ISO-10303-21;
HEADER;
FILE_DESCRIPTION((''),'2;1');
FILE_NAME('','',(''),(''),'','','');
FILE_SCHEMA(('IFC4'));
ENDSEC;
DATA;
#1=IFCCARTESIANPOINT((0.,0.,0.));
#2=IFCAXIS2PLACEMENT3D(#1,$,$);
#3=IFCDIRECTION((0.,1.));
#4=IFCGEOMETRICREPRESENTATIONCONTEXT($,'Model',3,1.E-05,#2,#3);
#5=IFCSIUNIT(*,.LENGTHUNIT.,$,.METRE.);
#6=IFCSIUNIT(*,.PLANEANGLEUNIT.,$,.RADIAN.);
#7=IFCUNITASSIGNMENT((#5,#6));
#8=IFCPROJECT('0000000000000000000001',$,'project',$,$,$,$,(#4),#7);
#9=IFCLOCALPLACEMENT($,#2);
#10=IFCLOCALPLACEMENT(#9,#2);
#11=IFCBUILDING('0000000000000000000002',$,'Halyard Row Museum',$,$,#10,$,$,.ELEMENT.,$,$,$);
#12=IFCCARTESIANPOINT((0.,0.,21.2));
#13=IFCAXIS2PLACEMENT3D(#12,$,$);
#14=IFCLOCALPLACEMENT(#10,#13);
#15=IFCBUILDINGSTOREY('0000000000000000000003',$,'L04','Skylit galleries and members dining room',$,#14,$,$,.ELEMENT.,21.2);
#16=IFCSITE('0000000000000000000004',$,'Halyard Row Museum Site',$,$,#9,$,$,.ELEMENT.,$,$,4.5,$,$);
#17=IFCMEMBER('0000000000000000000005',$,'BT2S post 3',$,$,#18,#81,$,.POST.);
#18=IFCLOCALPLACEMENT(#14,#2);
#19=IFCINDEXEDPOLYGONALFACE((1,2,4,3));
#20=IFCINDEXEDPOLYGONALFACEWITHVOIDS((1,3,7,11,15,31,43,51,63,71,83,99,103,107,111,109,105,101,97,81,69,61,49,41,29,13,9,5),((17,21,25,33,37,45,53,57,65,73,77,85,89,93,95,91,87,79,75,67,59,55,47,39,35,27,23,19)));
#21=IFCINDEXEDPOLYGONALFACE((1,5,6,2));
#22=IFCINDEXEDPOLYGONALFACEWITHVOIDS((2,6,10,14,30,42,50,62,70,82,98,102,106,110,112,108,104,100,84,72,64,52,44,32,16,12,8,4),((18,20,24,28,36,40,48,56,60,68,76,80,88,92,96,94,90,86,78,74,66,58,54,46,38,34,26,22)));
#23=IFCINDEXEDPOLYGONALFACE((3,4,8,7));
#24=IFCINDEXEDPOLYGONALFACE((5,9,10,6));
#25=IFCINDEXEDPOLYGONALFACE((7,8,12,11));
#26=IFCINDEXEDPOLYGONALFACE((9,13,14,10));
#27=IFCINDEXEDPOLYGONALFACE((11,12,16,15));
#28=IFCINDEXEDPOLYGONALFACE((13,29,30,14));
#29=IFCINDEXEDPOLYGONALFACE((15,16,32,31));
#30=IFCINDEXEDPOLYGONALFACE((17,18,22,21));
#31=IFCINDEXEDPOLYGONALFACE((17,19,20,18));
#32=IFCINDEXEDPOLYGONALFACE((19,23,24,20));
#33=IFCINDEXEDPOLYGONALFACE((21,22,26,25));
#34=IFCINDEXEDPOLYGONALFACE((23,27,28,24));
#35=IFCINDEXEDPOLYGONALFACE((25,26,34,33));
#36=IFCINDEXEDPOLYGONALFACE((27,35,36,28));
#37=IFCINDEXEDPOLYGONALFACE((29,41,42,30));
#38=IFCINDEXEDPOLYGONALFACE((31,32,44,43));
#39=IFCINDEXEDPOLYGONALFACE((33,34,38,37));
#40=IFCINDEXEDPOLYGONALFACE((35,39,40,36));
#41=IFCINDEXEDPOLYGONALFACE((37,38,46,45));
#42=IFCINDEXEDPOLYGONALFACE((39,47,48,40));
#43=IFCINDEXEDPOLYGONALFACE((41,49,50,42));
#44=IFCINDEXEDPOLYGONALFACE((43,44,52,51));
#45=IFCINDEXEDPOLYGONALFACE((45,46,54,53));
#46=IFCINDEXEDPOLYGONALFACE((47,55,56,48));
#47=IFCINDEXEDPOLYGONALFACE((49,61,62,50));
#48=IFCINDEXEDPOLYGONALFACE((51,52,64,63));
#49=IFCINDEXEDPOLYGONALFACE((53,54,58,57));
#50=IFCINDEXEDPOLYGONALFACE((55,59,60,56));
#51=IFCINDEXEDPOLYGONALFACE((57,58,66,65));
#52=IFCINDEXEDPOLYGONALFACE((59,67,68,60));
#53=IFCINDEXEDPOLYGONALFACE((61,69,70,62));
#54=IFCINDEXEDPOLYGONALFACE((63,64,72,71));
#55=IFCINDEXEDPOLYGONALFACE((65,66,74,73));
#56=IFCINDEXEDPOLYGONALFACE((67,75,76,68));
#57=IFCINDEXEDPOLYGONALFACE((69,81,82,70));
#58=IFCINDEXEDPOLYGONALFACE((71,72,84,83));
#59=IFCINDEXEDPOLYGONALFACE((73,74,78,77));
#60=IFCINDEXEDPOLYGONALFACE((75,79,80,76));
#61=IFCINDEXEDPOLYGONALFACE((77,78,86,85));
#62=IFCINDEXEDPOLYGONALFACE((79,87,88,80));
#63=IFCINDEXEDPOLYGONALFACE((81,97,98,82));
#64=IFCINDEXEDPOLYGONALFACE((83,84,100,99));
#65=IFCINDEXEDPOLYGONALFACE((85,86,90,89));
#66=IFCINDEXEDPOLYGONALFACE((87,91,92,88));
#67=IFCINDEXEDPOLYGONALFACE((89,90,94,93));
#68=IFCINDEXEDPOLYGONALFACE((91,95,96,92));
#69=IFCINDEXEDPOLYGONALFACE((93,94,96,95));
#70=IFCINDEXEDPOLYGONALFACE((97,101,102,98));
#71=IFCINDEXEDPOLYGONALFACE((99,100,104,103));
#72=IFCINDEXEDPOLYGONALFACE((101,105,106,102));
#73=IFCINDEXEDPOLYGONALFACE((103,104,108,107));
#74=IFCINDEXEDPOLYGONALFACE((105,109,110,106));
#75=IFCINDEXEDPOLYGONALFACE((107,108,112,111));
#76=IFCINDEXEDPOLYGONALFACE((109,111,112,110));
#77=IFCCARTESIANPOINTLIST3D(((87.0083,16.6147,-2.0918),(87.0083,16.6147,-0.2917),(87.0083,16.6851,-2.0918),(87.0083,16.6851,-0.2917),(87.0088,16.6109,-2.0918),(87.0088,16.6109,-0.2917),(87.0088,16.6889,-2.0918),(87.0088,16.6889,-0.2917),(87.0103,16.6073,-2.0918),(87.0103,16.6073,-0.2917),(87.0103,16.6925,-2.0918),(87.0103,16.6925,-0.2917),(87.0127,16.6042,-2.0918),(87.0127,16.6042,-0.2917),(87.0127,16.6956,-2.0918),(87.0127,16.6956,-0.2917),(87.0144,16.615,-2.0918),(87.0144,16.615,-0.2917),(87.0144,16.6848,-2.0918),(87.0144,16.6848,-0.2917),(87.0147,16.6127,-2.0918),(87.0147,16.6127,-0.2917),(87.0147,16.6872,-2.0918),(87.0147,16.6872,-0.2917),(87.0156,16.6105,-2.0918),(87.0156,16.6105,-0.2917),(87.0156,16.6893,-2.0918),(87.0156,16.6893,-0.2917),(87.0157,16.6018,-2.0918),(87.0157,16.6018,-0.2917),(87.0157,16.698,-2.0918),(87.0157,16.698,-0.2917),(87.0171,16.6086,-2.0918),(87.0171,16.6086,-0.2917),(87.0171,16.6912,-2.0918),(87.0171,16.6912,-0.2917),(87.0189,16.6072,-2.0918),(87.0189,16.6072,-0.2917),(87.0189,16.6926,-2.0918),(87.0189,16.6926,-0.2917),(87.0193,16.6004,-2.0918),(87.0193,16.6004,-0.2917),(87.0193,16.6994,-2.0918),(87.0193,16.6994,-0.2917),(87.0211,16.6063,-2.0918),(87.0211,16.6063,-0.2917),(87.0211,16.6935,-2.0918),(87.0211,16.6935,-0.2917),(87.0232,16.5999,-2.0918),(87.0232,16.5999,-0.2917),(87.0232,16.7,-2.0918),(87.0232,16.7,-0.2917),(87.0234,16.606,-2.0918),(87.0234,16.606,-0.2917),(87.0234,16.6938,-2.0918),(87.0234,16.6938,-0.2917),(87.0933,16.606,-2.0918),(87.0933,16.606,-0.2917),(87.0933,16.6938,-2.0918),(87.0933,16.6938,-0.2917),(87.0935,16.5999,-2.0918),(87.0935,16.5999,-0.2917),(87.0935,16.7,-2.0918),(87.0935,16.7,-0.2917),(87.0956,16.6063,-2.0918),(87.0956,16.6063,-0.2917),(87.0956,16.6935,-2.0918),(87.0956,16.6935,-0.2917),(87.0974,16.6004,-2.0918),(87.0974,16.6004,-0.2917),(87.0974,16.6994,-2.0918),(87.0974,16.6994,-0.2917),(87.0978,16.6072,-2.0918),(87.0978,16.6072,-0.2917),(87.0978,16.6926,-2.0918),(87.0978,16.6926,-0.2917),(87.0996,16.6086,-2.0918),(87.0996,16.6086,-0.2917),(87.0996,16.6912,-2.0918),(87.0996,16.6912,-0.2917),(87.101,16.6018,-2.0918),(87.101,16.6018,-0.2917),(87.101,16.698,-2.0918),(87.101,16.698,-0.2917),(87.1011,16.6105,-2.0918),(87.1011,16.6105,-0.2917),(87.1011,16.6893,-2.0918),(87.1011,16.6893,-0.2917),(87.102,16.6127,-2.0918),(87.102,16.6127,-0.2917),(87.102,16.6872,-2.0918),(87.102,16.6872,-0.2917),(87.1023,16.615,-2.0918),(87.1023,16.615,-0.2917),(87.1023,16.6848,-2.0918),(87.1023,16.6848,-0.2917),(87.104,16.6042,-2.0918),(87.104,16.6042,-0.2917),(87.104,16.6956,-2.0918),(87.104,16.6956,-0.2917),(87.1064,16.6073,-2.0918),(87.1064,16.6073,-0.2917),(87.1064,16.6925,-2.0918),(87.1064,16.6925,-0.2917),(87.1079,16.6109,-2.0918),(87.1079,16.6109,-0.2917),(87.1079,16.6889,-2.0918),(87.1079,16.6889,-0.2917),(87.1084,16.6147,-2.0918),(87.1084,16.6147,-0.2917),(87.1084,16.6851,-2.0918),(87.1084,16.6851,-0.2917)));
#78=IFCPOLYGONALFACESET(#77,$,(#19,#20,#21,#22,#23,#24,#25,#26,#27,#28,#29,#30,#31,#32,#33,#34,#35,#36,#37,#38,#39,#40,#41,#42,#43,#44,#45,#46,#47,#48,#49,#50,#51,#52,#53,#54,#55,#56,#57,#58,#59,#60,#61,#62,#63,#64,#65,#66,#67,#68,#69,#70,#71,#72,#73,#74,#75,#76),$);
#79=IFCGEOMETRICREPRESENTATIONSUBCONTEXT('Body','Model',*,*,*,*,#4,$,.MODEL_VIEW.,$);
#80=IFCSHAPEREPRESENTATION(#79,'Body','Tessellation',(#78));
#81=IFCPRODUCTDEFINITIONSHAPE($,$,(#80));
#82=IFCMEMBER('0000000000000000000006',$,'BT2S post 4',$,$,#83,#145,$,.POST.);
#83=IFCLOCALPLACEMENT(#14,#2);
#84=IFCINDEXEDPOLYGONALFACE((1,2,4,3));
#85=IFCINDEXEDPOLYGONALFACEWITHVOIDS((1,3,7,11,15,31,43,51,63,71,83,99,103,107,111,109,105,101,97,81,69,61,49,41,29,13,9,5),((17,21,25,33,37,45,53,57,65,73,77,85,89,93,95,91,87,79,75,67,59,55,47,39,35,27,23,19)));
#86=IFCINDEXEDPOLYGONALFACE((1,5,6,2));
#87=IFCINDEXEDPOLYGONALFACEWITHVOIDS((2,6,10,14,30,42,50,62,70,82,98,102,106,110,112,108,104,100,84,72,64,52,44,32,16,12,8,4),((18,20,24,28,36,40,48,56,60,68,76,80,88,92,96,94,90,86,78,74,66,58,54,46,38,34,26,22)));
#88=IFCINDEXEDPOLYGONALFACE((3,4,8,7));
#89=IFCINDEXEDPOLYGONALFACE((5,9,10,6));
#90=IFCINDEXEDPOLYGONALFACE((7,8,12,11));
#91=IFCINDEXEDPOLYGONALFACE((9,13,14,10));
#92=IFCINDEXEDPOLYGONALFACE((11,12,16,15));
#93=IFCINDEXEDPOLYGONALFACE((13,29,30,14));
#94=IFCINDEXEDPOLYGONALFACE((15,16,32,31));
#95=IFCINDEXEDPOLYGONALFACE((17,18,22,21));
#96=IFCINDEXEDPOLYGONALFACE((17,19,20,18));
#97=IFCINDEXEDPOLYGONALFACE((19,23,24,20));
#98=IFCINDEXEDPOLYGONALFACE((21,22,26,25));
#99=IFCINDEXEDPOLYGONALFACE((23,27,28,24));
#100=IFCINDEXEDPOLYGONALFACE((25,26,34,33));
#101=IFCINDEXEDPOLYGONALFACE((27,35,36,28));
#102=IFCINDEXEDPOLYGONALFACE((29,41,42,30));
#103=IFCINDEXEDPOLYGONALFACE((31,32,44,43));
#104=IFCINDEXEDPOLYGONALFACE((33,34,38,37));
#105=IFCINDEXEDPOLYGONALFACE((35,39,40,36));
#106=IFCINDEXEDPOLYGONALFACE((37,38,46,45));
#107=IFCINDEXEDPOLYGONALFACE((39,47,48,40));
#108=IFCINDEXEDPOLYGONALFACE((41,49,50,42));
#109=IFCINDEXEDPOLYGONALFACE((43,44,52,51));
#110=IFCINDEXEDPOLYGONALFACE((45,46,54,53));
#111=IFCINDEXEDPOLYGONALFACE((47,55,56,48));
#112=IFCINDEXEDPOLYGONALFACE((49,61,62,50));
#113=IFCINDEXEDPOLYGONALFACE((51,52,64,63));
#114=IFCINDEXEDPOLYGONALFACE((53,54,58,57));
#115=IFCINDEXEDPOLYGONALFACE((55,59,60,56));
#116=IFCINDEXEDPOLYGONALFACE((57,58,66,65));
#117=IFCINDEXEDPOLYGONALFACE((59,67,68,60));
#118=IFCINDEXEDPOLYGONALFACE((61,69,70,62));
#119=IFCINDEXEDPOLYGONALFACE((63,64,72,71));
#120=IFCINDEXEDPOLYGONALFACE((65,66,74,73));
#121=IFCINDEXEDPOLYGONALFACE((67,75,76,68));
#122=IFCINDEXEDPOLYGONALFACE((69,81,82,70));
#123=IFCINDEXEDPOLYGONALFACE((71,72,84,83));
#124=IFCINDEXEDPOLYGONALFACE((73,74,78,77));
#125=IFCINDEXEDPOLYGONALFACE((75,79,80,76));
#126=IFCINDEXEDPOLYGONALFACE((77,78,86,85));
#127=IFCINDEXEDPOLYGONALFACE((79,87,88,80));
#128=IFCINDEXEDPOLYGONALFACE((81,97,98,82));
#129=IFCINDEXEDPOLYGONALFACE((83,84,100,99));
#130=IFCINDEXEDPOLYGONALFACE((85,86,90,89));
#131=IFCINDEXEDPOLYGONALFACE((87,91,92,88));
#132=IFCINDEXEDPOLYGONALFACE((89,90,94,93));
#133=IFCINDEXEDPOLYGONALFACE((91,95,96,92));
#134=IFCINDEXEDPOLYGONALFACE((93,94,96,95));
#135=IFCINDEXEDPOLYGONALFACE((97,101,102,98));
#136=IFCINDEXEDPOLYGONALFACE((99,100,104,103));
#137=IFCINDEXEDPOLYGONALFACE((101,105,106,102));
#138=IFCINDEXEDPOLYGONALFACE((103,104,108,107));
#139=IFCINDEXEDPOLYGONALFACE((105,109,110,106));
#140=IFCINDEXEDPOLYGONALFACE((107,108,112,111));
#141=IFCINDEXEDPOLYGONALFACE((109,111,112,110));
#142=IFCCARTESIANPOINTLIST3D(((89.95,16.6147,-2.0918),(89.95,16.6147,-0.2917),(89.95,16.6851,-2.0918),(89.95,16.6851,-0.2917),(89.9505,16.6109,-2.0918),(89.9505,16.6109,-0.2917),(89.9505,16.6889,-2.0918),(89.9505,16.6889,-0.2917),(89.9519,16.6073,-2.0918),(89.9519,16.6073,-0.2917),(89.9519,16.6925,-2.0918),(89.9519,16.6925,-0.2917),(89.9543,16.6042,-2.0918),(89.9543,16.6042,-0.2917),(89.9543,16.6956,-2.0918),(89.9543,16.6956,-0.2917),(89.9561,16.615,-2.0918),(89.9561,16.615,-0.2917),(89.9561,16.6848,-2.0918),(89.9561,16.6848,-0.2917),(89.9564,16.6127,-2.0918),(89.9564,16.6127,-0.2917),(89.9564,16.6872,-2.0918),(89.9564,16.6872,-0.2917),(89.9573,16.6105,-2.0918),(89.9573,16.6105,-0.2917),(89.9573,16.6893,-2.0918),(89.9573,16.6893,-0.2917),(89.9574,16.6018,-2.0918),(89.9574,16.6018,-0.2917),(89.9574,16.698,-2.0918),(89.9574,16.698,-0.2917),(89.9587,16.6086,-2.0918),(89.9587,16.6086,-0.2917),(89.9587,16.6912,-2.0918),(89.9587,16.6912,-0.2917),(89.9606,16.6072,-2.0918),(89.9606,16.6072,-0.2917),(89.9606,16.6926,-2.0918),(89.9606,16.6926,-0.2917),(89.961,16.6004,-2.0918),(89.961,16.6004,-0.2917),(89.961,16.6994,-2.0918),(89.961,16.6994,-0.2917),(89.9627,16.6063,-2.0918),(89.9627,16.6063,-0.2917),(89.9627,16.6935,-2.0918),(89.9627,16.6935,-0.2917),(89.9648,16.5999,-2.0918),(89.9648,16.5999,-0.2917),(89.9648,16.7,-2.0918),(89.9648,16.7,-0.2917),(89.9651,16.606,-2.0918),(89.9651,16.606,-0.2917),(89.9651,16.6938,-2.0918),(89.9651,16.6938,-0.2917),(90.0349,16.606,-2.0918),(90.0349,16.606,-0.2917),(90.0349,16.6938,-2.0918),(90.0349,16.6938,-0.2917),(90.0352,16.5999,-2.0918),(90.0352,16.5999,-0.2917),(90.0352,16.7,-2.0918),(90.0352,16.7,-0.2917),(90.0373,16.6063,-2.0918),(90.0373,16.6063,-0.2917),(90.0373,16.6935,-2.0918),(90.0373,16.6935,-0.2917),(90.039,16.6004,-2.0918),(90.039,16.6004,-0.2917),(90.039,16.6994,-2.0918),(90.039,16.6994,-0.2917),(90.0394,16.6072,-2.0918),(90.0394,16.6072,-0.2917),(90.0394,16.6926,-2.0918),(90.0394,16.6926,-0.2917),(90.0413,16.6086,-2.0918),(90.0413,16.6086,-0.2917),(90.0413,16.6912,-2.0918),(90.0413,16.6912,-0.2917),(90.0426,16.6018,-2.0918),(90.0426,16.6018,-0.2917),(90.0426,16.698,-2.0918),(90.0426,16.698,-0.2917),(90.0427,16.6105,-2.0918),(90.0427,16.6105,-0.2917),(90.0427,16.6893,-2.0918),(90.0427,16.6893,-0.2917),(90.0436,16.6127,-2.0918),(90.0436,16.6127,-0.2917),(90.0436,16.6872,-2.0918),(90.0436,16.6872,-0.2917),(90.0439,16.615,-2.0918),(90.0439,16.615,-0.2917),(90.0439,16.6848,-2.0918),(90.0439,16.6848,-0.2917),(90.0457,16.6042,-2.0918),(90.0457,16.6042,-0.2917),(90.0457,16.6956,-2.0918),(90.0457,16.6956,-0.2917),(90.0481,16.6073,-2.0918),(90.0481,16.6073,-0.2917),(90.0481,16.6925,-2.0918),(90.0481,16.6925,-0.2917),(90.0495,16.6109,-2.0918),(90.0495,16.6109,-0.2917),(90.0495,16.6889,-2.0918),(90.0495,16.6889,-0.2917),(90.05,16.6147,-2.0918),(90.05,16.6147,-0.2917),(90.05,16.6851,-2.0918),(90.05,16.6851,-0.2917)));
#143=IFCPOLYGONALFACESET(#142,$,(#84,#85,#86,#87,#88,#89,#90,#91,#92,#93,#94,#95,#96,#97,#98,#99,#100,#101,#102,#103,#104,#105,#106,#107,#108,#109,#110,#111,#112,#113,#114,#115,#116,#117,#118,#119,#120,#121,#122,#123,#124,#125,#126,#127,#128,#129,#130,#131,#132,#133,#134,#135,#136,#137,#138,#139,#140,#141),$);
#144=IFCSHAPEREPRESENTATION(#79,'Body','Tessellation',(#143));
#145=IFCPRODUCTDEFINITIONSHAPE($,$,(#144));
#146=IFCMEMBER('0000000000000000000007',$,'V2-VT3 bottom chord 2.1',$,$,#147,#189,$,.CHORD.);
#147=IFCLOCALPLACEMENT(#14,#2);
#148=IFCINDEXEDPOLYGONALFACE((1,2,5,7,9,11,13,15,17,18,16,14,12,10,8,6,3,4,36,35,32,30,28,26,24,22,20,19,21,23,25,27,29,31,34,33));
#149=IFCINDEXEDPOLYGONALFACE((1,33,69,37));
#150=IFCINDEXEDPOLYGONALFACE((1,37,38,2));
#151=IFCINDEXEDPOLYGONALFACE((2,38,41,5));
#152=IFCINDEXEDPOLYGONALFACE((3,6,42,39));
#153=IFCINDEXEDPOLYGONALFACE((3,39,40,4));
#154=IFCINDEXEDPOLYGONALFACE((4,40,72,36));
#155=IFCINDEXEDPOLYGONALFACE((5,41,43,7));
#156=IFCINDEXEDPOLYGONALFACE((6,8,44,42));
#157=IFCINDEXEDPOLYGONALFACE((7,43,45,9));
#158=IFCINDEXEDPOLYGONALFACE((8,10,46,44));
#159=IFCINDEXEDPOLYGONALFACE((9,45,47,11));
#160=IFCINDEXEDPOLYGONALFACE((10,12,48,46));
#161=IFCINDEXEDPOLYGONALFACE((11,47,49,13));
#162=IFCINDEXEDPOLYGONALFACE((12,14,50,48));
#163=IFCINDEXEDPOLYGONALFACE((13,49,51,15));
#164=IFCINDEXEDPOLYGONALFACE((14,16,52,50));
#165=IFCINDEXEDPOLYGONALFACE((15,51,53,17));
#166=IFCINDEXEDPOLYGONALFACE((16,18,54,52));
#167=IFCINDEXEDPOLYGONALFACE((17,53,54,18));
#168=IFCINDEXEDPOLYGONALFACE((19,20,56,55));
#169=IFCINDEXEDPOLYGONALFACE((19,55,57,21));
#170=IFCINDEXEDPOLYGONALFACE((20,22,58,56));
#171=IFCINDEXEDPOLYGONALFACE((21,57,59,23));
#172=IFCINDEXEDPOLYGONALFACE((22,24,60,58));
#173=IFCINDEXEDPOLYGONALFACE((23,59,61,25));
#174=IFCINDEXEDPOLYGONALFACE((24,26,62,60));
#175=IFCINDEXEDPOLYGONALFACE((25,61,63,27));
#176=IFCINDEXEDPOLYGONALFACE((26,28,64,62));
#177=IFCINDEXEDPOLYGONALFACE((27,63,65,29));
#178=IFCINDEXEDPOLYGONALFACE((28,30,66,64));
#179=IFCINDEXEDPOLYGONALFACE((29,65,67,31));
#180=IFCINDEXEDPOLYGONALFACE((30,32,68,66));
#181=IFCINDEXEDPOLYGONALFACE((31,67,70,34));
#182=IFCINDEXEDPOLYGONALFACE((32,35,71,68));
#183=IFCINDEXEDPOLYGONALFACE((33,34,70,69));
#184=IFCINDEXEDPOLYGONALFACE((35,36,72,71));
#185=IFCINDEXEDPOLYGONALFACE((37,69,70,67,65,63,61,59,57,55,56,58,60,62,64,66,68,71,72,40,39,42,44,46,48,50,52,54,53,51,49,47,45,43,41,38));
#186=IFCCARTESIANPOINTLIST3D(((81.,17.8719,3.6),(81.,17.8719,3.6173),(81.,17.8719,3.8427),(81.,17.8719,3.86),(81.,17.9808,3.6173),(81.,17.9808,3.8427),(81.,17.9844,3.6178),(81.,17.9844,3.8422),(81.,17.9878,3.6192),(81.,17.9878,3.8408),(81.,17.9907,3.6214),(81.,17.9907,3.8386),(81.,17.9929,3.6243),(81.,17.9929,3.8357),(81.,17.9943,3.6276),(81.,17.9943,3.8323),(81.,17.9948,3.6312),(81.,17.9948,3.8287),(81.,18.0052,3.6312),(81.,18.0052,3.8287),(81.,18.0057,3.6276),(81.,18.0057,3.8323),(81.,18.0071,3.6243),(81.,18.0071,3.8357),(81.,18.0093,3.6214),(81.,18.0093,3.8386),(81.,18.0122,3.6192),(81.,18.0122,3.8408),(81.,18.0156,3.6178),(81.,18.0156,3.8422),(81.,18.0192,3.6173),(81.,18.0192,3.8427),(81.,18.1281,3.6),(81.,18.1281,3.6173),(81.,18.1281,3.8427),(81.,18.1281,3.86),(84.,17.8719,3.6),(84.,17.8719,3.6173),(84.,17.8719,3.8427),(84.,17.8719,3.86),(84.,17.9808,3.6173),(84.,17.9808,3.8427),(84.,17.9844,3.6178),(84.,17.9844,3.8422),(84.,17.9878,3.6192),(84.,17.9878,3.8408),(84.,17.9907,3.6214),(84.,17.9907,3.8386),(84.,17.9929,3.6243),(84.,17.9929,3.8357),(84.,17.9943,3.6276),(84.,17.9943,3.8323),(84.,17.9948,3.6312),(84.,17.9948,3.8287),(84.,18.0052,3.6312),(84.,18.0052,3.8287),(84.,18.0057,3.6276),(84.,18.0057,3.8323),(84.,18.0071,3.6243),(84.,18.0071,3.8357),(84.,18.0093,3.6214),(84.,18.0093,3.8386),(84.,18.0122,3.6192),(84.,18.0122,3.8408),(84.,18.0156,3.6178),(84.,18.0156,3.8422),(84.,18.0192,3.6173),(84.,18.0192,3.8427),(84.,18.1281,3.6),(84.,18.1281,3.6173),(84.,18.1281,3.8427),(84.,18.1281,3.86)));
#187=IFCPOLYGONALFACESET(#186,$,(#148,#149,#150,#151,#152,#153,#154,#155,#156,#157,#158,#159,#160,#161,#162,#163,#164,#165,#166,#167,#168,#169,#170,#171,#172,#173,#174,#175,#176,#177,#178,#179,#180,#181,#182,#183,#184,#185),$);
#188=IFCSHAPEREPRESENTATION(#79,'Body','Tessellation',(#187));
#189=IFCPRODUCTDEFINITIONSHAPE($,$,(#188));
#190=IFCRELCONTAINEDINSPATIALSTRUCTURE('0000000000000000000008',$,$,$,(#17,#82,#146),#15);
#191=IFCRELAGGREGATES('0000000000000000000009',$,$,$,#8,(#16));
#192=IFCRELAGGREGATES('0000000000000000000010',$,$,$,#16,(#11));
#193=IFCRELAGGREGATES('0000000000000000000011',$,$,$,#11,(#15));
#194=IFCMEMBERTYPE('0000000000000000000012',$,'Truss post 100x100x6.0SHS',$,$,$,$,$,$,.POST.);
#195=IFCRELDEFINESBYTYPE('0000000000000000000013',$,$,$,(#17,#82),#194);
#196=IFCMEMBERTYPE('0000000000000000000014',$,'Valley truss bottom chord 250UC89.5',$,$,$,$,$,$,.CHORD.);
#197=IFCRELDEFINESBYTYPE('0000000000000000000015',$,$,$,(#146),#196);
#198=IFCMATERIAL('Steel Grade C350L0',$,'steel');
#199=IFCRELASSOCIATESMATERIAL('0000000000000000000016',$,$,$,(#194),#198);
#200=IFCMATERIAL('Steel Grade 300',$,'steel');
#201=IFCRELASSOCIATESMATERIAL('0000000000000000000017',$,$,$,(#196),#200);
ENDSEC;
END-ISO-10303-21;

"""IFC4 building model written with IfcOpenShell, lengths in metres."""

from ifc_helpers import new_model, si_unit, direction, frame, origin, origin_2d, place, context, subcontext, project, spatial, hollow_rectangle, i_section, extrude, material, material_profile, profile_set, type_object, element, save


model = new_model("IFC4")

# Units and contexts
model_context = context("Model", 3, precision=1e-05, world=origin(), true_north=direction((0.0, 1.0)))
body_context = subcontext(model_context, "Body", "Model", "MODEL_VIEW")
ifc_project = project(units=[si_unit("LENGTHUNIT", "METRE"), si_unit("PLANEANGLEUNIT", "RADIAN")], contexts=[model_context])

# Site, building, storey
site_placement = place(None, origin())
site = spatial("IfcSite", under=ifc_project, at=site_placement, Name="Halyard Row Museum Site", CompositionType="ELEMENT", RefElevation=4.5)
building_placement = place(site_placement, origin())
building = spatial("IfcBuilding", under=site, at=building_placement, Name="Halyard Row Museum", CompositionType="ELEMENT")
storey_placement = place(building_placement, frame((0.0, 0.0, 21.2)))
storey = spatial("IfcBuildingStorey", under=building, at=storey_placement, Name="L04", Description="Skylit galleries and members dining room", CompositionType="ELEMENT", Elevation=21.2)

# Members
ifc_material_1 = material(Name="Steel Grade C350L0", Category="steel")
ifc_material_profile_1 = material_profile(ifc_material_1, hollow_rectangle(XDim=0.1001, YDim=0.1001, WallThickness=0.0061, InnerFilletRadius=0.009, OuterFilletRadius=0.0149, at=origin_2d()), Name="100x100x6.0SHS")
ifc_profile_set_1 = profile_set([ifc_material_profile_1], Name="Steel Grade C350L0")
member_type_1 = type_object("IfcMemberType", Name="Truss post 100x100x6.0SHS", PredefinedType="POST", material=ifc_profile_set_1)
for number, where, z_axis, x_axis, name in (
    (1, (87.0583, 16.6499, -2.0918), (0.0, 0.0, 1.0), (1.0, 0.0, 0.0), "BT2S post 3"),
    (2, (90.0, 16.6499, -2.0918), (0.0, 0.0, 1.0), (1.0, 0.0, 0.0), "BT2S post 4"),
):
    element("IfcMember", number, at=place(storey_placement, frame(where, z_axis=z_axis, x_axis=x_axis)), inside=storey, type_object=member_type_1, Name=name, PredefinedType="POST", context=body_context, shape_type="SweptSolid", body=[
        extrude(hollow_rectangle(XDim=0.1001, YDim=0.1001, WallThickness=0.0061, InnerFilletRadius=0.009, OuterFilletRadius=0.0149, at=origin_2d()), origin(), (0.0, 0.0, 1.0), 1.8),
    ])
ifc_material_2 = material(Name="Steel Grade 300", Category="steel")
ifc_material_profile_2 = material_profile(ifc_material_2, i_section(OverallWidth=0.2561, OverallDepth=0.26, WebThickness=0.0105, FlangeThickness=0.0173, FilletRadius=0.0139, at=origin_2d()), Name="250UC89.5")
ifc_profile_set_2 = profile_set([ifc_material_profile_2], Name="Steel Grade 300")
member_type_2 = type_object("IfcMemberType", Name="Valley truss bottom chord 250UC89.5", PredefinedType="CHORD", material=ifc_profile_set_2)
for number, where, z_axis, x_axis, name in (
    (3, (81.0, 18.0, 3.73), (1.0, 0.0, 0.0), (0.0, 1.0, 0.0), "V2-VT3 bottom chord 2.1"),
):
    element("IfcMember", number, at=place(storey_placement, frame(where, z_axis=z_axis, x_axis=x_axis)), inside=storey, type_object=member_type_2, Name=name, PredefinedType="CHORD", context=body_context, shape_type="SweptSolid", body=[
        extrude(i_section(OverallWidth=0.2561, OverallDepth=0.26, WebThickness=0.0105, FlangeThickness=0.0173, FilletRadius=0.0139, at=origin_2d()), origin(), (0.0, 0.0, 1.0), 3.0),
    ])

save(model, "model.ifc")
